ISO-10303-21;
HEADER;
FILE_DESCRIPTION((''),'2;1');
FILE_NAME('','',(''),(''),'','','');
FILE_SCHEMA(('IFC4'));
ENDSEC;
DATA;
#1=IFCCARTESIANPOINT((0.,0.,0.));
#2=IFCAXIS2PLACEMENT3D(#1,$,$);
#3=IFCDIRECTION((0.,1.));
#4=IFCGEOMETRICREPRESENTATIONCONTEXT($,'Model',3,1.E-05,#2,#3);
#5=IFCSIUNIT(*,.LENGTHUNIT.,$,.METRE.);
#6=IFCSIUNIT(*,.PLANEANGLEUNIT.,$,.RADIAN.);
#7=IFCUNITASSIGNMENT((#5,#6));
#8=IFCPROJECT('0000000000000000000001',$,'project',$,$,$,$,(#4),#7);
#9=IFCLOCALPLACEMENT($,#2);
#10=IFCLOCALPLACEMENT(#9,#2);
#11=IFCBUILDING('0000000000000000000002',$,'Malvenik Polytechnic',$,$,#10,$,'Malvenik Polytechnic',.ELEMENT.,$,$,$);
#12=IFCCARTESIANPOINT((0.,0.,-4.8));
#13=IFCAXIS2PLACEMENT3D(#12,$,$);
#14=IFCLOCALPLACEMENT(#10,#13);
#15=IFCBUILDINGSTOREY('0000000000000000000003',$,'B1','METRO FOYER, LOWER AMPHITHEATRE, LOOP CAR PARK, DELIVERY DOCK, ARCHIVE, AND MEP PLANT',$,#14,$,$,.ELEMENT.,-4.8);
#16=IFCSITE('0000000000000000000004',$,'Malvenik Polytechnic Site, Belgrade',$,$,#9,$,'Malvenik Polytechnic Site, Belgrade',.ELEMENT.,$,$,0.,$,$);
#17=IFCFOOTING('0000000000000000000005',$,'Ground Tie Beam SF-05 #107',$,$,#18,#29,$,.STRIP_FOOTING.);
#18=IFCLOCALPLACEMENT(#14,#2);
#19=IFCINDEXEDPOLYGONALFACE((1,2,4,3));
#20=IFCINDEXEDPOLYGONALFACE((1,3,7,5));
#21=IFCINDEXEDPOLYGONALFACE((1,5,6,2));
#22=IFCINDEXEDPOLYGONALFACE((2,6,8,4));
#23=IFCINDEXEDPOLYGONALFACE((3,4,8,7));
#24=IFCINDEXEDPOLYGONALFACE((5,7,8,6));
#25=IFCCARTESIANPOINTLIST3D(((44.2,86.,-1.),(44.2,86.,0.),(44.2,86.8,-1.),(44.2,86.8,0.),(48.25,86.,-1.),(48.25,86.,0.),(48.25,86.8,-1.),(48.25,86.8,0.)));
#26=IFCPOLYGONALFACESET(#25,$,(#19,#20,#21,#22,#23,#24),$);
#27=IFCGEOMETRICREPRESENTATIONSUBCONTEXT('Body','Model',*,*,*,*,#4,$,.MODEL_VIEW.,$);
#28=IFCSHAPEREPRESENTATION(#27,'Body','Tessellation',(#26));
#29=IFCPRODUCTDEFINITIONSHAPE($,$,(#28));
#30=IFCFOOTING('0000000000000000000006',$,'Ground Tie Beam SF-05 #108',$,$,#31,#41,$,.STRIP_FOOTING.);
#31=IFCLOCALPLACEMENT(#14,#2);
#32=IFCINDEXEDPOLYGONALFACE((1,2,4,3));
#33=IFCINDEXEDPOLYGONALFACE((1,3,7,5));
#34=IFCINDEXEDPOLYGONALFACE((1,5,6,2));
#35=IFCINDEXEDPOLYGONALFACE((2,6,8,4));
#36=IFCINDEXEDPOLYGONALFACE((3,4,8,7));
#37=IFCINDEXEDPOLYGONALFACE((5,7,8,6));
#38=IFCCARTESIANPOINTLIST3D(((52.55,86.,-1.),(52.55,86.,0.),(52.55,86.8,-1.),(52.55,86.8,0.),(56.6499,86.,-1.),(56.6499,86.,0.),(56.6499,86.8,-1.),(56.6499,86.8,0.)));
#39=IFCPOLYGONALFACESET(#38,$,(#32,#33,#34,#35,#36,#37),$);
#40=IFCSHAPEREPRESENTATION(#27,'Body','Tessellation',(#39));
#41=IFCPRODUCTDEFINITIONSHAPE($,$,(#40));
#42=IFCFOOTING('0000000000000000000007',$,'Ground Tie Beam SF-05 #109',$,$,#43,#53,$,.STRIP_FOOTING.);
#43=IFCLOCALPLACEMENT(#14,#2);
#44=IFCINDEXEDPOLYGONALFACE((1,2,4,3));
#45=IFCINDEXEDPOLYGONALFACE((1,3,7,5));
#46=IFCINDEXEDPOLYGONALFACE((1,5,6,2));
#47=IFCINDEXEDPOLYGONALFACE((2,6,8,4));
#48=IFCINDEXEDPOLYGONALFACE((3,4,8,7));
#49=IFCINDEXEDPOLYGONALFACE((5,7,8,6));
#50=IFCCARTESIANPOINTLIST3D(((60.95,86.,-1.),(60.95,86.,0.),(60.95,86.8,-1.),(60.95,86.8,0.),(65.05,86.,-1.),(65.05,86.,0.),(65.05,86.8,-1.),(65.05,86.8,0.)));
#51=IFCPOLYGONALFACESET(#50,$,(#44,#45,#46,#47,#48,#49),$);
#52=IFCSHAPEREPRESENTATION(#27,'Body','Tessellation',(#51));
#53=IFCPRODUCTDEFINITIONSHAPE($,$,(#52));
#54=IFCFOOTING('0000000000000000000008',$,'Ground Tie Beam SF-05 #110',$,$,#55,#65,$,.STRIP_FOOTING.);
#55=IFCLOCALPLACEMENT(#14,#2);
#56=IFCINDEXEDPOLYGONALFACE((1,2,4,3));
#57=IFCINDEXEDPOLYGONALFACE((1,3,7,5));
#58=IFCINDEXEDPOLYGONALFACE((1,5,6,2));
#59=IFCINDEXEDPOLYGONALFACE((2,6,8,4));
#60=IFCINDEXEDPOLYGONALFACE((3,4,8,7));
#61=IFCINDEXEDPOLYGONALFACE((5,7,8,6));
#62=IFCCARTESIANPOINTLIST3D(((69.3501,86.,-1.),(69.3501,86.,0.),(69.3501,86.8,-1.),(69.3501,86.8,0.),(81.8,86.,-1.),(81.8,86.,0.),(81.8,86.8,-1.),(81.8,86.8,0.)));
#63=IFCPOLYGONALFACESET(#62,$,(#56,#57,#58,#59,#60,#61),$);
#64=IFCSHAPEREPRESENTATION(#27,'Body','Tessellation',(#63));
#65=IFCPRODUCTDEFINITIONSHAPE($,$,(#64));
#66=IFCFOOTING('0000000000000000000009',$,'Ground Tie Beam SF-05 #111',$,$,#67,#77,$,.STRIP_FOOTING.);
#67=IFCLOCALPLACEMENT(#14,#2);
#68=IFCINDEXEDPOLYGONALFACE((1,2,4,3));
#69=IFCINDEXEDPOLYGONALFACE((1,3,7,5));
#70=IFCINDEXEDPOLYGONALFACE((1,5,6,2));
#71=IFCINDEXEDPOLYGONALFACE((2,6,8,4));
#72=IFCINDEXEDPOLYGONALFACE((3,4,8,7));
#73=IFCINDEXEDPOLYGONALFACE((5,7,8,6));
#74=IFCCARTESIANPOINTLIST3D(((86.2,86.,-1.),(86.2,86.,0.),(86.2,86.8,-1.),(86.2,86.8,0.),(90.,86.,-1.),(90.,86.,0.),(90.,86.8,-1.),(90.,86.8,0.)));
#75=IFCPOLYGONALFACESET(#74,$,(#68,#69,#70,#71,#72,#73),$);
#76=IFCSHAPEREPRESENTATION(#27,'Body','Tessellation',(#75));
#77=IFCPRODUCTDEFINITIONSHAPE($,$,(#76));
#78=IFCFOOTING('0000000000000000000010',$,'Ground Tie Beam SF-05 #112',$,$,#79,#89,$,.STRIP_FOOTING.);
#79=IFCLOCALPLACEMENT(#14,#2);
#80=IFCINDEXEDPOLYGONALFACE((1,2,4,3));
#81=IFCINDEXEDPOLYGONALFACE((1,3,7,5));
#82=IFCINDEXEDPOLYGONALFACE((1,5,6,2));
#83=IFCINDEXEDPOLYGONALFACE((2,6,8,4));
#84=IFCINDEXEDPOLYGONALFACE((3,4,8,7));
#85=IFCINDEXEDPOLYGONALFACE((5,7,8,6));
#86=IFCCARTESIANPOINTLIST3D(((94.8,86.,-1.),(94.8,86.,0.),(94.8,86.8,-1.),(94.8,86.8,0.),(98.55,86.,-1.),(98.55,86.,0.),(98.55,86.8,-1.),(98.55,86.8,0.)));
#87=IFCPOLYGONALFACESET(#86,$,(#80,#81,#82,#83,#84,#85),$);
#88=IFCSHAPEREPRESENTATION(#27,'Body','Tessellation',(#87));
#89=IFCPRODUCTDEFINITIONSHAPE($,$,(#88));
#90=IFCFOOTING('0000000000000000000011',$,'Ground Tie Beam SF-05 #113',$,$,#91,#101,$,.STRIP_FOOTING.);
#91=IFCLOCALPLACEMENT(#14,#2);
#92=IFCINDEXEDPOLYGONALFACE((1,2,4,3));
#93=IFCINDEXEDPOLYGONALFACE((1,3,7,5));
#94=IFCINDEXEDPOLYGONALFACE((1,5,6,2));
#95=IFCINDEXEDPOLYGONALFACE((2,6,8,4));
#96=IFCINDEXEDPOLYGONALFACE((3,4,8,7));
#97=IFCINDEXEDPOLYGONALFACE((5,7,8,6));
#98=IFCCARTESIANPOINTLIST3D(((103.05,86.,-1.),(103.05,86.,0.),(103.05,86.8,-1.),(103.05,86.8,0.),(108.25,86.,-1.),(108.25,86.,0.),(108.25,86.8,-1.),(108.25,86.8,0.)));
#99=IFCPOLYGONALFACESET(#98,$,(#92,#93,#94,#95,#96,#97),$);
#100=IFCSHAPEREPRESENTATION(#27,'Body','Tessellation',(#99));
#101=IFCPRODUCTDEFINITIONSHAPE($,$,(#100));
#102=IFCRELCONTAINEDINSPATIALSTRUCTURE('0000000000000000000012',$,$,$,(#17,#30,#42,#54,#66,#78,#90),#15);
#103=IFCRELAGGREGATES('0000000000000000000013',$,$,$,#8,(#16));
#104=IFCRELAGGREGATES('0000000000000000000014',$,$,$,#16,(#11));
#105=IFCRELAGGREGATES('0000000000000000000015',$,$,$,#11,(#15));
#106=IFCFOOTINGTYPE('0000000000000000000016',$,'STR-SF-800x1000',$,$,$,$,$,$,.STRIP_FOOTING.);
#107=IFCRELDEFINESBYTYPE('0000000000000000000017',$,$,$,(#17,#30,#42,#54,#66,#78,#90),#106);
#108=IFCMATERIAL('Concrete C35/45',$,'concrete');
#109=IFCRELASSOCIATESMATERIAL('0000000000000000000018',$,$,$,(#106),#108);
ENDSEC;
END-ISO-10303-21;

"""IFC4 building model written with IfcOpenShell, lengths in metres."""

from ifc_helpers import new_model, si_unit, direction, frame, origin, place, context, subcontext, project, spatial, polyline, outline, extrude, material, type_object, element, save


model = new_model("IFC4")

# Units and contexts
model_context = context("Model", 3, precision=1e-05, world=origin(), true_north=direction((0.0, 1.0)))
body_context = subcontext(model_context, "Body", "Model", "MODEL_VIEW")
ifc_project = project(units=[si_unit("LENGTHUNIT", "METRE"), si_unit("PLANEANGLEUNIT", "RADIAN")], contexts=[model_context])

# Site, building, storey
site_placement = place(None, origin())
site = spatial("IfcSite", under=ifc_project, at=site_placement, Name="Malvenik Polytechnic Site, Belgrade", LongName="Malvenik Polytechnic Site, Belgrade", CompositionType="ELEMENT", RefElevation=0.0)
building_placement = place(site_placement, origin())
building = spatial("IfcBuilding", under=site, at=building_placement, Name="Malvenik Polytechnic", LongName="Malvenik Polytechnic", CompositionType="ELEMENT")
storey_placement = place(building_placement, frame((0.0, 0.0, -4.8)))
storey = spatial("IfcBuildingStorey", under=building, at=storey_placement, Name="B1", Description="METRO FOYER, LOWER AMPHITHEATRE, LOOP CAR PARK, DELIVERY DOCK, ARCHIVE, AND MEP PLANT", CompositionType="ELEMENT", Elevation=-4.8)

# Footings
ifc_material = material(Name="Concrete C35/45", Category="concrete")
footing_type = type_object("IfcFootingType", Name="STR-SF-800x1000", PredefinedType="STRIP_FOOTING", material=ifc_material)
footing_1_placement = place(storey_placement, frame((0.0, 0.0, -1.0)))
element("IfcFooting", 1, at=footing_1_placement, inside=storey, type_object=footing_type, Name="Ground Tie Beam SF-05 #107", PredefinedType="STRIP_FOOTING", context=body_context, shape_type="SweptSolid", body=[
    extrude(outline(polyline([(44.2, 86.0), (48.25, 86.0), (48.25, 86.8), (44.2, 86.8), (44.2, 86.0)])), origin(), (0.0, 0.0, 1.0), 1.0),
])
footing_2_placement = place(storey_placement, frame((0.0, 0.0, -1.0)))
element("IfcFooting", 2, at=footing_2_placement, inside=storey, type_object=footing_type, Name="Ground Tie Beam SF-05 #108", PredefinedType="STRIP_FOOTING", context=body_context, shape_type="SweptSolid", body=[
    extrude(outline(polyline([(52.55, 86.0), (56.6499, 86.0), (56.6499, 86.8), (52.55, 86.8), (52.55, 86.0)])), origin(), (0.0, 0.0, 1.0), 1.0),
])
footing_3_placement = place(storey_placement, frame((0.0, 0.0, -1.0)))
element("IfcFooting", 3, at=footing_3_placement, inside=storey, type_object=footing_type, Name="Ground Tie Beam SF-05 #109", PredefinedType="STRIP_FOOTING", context=body_context, shape_type="SweptSolid", body=[
    extrude(outline(polyline([(60.95, 86.0), (65.05, 86.0), (65.05, 86.8), (60.95, 86.8), (60.95, 86.0)])), origin(), (0.0, 0.0, 1.0), 1.0),
])
footing_4_placement = place(storey_placement, frame((0.0, 0.0, -1.0)))
element("IfcFooting", 4, at=footing_4_placement, inside=storey, type_object=footing_type, Name="Ground Tie Beam SF-05 #110", PredefinedType="STRIP_FOOTING", context=body_context, shape_type="SweptSolid", body=[
    extrude(outline(polyline([(69.3501, 86.0), (81.8, 86.0), (81.8, 86.8), (69.3501, 86.8), (69.3501, 86.0)])), origin(), (0.0, 0.0, 1.0), 1.0),
])
footing_5_placement = place(storey_placement, frame((0.0, 0.0, -1.0)))
element("IfcFooting", 5, at=footing_5_placement, inside=storey, type_object=footing_type, Name="Ground Tie Beam SF-05 #111", PredefinedType="STRIP_FOOTING", context=body_context, shape_type="SweptSolid", body=[
    extrude(outline(polyline([(86.2, 86.0), (90.0, 86.0), (90.0, 86.8), (86.2, 86.8), (86.2, 86.0)])), origin(), (0.0, 0.0, 1.0), 1.0),
])
footing_6_placement = place(storey_placement, frame((0.0, 0.0, -1.0)))
element("IfcFooting", 6, at=footing_6_placement, inside=storey, type_object=footing_type, Name="Ground Tie Beam SF-05 #112", PredefinedType="STRIP_FOOTING", context=body_context, shape_type="SweptSolid", body=[
    extrude(outline(polyline([(94.8, 86.0), (98.55, 86.0), (98.55, 86.8), (94.8, 86.8), (94.8, 86.0)])), origin(), (0.0, 0.0, 1.0), 1.0),
])
footing_7_placement = place(storey_placement, frame((0.0, 0.0, -1.0)))
element("IfcFooting", 7, at=footing_7_placement, inside=storey, type_object=footing_type, Name="Ground Tie Beam SF-05 #113", PredefinedType="STRIP_FOOTING", context=body_context, shape_type="SweptSolid", body=[
    extrude(outline(polyline([(103.05, 86.0), (108.25, 86.0), (108.25, 86.8), (103.05, 86.8), (103.05, 86.0)])), origin(), (0.0, 0.0, 1.0), 1.0),
])

save(model, "model.ifc")
